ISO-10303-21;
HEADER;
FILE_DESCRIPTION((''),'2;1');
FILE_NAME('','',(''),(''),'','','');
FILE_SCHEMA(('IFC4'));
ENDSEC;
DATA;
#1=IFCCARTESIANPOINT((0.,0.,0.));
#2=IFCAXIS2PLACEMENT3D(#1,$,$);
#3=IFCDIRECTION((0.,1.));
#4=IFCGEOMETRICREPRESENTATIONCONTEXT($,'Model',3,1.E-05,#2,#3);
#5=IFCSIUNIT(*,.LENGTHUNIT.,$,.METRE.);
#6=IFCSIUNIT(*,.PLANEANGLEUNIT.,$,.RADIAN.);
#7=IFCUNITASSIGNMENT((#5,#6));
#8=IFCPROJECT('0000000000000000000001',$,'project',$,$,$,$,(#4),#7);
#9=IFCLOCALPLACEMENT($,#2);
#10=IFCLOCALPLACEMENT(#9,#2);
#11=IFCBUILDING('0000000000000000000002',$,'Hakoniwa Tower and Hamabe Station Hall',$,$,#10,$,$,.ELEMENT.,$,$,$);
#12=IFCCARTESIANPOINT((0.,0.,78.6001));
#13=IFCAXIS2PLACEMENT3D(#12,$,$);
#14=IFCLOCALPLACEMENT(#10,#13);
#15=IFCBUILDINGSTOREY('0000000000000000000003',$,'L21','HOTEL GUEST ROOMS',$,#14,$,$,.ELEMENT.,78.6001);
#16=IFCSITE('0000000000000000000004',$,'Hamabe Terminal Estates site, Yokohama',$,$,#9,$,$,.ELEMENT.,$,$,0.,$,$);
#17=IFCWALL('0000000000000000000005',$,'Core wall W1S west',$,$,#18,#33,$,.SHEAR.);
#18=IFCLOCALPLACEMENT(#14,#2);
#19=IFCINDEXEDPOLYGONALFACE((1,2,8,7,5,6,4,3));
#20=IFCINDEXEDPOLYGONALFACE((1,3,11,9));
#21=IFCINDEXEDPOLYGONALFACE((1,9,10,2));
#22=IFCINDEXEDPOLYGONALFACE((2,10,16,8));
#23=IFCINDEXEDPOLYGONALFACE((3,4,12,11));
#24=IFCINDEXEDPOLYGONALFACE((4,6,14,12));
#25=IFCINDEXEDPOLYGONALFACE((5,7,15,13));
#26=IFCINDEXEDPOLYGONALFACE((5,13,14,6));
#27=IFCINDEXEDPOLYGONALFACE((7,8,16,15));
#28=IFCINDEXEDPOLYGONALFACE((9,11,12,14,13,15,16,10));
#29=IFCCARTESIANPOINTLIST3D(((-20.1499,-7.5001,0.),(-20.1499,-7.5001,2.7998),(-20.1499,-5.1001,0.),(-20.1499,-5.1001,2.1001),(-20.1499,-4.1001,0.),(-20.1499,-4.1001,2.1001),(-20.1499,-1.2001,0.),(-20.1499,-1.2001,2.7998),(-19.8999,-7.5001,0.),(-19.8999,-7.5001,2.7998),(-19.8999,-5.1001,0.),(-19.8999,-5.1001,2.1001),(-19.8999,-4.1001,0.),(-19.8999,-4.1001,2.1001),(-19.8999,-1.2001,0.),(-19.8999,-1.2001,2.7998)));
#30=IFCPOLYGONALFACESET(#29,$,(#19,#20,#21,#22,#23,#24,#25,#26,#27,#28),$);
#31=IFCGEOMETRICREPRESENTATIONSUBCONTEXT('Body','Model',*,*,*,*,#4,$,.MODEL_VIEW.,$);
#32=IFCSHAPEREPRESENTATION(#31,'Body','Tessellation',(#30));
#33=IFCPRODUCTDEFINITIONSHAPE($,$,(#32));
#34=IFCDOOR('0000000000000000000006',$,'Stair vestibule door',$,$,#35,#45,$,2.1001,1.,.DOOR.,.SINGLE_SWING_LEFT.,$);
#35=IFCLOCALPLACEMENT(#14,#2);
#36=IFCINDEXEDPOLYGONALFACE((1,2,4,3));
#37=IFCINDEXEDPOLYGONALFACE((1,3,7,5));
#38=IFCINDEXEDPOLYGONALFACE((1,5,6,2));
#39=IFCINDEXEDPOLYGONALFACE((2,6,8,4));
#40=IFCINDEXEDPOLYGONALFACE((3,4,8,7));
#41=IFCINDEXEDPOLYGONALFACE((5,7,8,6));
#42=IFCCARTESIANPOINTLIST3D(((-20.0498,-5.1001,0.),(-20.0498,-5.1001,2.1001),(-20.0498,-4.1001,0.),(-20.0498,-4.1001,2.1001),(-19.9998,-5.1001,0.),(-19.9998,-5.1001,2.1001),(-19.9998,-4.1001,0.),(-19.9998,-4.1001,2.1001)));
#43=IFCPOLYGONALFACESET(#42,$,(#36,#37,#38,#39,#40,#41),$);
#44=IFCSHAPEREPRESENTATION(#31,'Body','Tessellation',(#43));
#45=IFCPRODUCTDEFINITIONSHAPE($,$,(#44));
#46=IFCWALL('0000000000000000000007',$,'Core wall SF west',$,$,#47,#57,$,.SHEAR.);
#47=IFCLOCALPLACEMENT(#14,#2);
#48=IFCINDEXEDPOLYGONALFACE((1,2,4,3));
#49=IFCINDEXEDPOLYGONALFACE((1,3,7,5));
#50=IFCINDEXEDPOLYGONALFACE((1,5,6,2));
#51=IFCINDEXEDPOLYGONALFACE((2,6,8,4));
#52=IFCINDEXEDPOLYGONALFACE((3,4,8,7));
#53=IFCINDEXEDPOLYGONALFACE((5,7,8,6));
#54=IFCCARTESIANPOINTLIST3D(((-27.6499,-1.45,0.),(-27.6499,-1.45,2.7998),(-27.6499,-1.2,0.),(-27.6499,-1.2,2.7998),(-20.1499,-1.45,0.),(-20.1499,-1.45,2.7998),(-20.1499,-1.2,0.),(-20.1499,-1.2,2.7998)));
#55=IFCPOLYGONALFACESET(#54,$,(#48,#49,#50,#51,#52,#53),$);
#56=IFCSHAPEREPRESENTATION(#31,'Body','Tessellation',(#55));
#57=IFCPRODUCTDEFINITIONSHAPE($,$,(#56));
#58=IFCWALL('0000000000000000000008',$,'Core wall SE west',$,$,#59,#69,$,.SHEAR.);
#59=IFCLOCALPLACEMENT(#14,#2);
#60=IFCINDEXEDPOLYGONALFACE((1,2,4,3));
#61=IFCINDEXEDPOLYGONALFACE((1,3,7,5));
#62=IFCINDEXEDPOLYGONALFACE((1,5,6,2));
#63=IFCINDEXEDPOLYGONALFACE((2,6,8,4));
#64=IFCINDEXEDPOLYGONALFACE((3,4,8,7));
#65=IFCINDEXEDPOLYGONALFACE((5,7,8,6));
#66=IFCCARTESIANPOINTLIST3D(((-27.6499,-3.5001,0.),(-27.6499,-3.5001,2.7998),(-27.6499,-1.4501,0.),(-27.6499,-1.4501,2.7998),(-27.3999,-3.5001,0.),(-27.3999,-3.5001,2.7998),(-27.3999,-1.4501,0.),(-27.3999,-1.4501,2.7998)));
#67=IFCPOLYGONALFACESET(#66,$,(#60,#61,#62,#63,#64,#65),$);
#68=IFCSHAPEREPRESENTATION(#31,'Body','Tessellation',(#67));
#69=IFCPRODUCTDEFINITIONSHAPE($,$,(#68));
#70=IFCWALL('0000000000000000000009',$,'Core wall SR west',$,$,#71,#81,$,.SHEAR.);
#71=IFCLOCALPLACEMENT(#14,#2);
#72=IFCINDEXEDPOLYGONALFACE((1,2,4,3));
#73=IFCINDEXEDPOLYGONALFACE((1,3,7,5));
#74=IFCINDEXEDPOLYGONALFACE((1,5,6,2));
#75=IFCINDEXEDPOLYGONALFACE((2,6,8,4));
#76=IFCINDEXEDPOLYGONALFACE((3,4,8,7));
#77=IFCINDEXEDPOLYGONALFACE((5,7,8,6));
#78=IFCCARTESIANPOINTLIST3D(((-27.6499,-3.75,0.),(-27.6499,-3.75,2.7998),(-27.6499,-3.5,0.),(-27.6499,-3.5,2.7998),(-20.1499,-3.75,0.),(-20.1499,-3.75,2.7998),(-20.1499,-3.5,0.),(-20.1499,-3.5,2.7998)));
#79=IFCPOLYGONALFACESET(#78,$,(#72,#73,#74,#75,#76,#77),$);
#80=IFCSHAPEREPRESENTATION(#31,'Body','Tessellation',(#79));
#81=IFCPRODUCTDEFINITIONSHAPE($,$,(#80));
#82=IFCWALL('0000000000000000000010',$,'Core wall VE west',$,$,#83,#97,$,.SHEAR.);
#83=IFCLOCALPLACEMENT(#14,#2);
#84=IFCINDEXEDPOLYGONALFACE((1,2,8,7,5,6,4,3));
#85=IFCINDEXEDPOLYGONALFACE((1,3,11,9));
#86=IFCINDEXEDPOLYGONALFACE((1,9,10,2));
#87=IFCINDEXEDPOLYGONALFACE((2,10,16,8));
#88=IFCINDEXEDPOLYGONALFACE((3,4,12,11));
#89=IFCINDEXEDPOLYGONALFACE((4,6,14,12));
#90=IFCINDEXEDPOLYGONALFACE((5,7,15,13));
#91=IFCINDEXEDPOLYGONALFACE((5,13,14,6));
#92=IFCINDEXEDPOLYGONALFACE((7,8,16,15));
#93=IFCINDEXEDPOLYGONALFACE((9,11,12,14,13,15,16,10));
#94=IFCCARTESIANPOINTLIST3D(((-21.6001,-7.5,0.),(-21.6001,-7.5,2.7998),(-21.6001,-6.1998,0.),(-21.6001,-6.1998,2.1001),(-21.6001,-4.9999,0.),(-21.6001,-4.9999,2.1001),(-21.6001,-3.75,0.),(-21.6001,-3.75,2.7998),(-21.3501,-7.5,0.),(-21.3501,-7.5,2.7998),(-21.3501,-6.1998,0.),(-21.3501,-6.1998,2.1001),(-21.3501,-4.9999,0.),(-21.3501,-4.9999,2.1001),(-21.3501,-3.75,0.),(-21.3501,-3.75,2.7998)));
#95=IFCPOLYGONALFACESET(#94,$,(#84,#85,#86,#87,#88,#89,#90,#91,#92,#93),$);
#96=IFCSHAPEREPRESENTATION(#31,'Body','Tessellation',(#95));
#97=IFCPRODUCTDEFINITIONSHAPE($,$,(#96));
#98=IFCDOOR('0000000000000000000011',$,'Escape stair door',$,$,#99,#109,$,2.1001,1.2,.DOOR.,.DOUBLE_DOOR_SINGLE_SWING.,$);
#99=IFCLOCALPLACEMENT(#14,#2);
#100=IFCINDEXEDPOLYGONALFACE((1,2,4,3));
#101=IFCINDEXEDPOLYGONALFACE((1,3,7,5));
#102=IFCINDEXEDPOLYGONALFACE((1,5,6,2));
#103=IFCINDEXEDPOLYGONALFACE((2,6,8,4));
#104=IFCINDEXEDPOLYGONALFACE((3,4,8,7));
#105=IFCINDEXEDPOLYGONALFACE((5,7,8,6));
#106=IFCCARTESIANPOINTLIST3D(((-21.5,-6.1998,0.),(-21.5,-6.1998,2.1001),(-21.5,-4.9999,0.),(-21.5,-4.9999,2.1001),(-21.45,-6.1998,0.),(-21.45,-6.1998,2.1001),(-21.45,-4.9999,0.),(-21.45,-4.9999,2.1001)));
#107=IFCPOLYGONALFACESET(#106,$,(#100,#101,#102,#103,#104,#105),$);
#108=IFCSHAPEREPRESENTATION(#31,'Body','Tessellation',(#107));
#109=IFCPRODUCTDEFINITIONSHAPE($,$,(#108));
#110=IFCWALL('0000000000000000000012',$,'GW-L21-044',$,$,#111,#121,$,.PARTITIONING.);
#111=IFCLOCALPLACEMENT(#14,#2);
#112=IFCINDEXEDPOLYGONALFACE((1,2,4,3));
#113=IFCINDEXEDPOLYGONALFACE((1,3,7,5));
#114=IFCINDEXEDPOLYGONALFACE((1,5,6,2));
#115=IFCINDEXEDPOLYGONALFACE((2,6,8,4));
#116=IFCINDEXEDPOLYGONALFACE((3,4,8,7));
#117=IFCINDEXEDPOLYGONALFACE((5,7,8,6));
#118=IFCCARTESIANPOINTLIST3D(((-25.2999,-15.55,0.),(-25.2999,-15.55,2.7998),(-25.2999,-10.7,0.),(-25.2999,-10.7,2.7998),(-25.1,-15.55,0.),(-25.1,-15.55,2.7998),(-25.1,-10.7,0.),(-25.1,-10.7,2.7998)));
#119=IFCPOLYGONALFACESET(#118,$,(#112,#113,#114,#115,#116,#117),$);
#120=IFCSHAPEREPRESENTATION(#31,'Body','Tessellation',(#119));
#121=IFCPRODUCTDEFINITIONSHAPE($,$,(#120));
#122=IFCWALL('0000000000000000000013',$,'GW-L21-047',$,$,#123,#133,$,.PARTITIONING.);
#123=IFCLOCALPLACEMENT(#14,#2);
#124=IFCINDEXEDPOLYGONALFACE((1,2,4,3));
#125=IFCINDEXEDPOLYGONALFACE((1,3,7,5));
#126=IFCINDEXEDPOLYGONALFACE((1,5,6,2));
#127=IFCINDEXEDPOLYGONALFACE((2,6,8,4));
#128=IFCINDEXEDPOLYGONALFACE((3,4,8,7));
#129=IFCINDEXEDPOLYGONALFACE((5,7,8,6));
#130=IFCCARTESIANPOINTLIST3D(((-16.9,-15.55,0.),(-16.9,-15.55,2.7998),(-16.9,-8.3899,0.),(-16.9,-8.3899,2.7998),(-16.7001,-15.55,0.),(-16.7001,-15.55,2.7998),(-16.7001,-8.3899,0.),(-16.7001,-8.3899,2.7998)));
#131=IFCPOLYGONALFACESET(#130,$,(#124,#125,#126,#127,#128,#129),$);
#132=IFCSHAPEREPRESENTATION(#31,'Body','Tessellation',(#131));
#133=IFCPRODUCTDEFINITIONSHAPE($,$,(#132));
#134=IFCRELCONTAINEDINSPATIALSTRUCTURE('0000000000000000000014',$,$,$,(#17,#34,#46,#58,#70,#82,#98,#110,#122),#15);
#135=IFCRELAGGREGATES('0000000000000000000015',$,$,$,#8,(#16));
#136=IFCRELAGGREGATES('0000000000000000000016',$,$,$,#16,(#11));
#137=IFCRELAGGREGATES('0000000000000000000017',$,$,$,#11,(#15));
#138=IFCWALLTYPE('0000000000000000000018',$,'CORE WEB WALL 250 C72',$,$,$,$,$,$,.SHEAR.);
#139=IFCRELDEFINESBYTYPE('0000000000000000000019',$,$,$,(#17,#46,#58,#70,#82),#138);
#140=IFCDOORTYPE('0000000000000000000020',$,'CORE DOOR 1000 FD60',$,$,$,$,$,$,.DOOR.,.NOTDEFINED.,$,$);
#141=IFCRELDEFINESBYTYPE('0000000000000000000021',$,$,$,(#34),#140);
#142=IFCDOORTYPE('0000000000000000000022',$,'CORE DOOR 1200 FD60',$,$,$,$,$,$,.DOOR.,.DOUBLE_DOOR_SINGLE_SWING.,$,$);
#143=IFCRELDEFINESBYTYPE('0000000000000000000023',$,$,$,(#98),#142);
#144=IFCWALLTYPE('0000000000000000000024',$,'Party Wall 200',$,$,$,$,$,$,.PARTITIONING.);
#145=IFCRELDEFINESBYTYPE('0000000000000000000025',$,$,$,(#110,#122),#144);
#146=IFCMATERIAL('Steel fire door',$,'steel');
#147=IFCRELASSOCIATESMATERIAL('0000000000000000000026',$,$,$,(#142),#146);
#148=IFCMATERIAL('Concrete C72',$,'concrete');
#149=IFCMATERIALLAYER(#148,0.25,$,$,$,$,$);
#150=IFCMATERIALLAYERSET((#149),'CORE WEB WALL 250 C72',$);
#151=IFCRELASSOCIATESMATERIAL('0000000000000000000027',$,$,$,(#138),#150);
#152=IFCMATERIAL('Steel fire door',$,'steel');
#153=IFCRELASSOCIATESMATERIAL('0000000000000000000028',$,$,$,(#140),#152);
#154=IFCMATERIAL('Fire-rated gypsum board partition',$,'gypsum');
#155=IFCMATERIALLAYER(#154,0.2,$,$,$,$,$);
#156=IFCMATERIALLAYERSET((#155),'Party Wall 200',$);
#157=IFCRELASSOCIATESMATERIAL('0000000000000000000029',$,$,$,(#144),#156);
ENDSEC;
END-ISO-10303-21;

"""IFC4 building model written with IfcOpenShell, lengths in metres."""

from ifc_helpers import new_model, si_unit, direction, frame, frame_2d, origin, place, context, subcontext, project, spatial, rectangle, extrude, material, layer, layer_set, type_object, element, fill, save


model = new_model("IFC4")

# Units and contexts
model_context = context("Model", 3, precision=1e-05, world=origin(), true_north=direction((0.0, 1.0)))
body_context = subcontext(model_context, "Body", "Model", "MODEL_VIEW")
ifc_project = project(units=[si_unit("LENGTHUNIT", "METRE"), si_unit("PLANEANGLEUNIT", "RADIAN")], contexts=[model_context])

# Site, building, storey
site_placement = place(None, origin())
site = spatial("IfcSite", under=ifc_project, at=site_placement, Name="Hamabe Terminal Estates site, Yokohama", CompositionType="ELEMENT", RefElevation=0.0)
building_placement = place(site_placement, origin())
building = spatial("IfcBuilding", under=site, at=building_placement, Name="Hakoniwa Tower and Hamabe Station Hall", CompositionType="ELEMENT")
storey_placement = place(building_placement, frame((0.0, 0.0, 78.6001)))
storey = spatial("IfcBuildingStorey", under=building, at=storey_placement, Name="L21", Description="HOTEL GUEST ROOMS", CompositionType="ELEMENT", Elevation=78.6001)

# Wall, opening, door
ifc_material_1 = material(Name="Steel fire door", Category="steel")
door_type_1 = type_object("IfcDoorType", Name="CORE DOOR 1200 FD60", OperationType="DOUBLE_DOOR_SINGLE_SWING", PredefinedType="DOOR", material=ifc_material_1)
ifc_material_2 = material(Name="Concrete C72", Category="concrete")
ifc_layer_1 = layer(ifc_material_2, 0.25)
ifc_layer_set_1 = layer_set([ifc_layer_1], Name="CORE WEB WALL 250 C72")
wall_type_1 = type_object("IfcWallType", Name="CORE WEB WALL 250 C72", PredefinedType="SHEAR", material=ifc_layer_set_1)
wall_1_placement = place(storey_placement, frame((-20.0249, -7.5, 0.0), z_axis=(0.0, 0.0, 1.0), x_axis=(0.0, 1.0, 0.0)))
wall_1 = element("IfcWall", 1, at=wall_1_placement, inside=storey, type_object=wall_type_1, Name="Core wall W1S west", PredefinedType="SHEAR", context=body_context, shape_type="SweptSolid", body=[
    extrude(rectangle(XDim=6.3, YDim=0.25, at=frame_2d((3.1499, 0.0))), origin(), (0.0, 0.0, 1.0), 2.7998),
])
opening_1_placement = place(wall_1_placement, frame((2.3999, 0.0, 0.0)))
opening_1 = element("IfcOpeningElement", 2, at=opening_1_placement, cuts=wall_1, PredefinedType="OPENING", context=body_context, shape_type="SweptSolid", body=[
    extrude(rectangle(XDim=1.0, YDim=2.1001, at=frame_2d((0.5, 1.05))), frame((0.0, 0.135, 0.0), z_axis=(0.0, -1.0, 0.0), x_axis=(1.0, 0.0, 0.0)), (0.0, 0.0, 1.0), 0.27),
])
ifc_material_3 = material(Name="Steel fire door", Category="steel")
door_type_2 = type_object("IfcDoorType", Name="CORE DOOR 1000 FD60", OperationType="NOTDEFINED", PredefinedType="DOOR", material=ifc_material_3)
door_1_placement = place(opening_1_placement, origin())
door_1 = element("IfcDoor", 3, at=door_1_placement, inside=storey, type_object=door_type_2, Name="Stair vestibule door", OperationType="SINGLE_SWING_LEFT", OverallHeight=2.1001, OverallWidth=1.0, PredefinedType="DOOR", context=body_context, shape_type="SweptSolid", body=[
    extrude(rectangle(XDim=1.0, YDim=2.1001, at=frame_2d((0.5, 1.05))), frame((0.0, 0.0249, 0.0), z_axis=(0.0, -1.0, 0.0), x_axis=(1.0, 0.0, 0.0)), (0.0, 0.0, 1.0), 0.05),
])
fill(opening_1, door_1)

# Walls
wall_2_placement = place(storey_placement, frame((-27.6499, -1.325, 0.0), z_axis=(0.0, 0.0, 1.0), x_axis=(1.0, 0.0, 0.0)))
element("IfcWall", 4, at=wall_2_placement, inside=storey, type_object=wall_type_1, Name="Core wall SF west", PredefinedType="SHEAR", context=body_context, shape_type="SweptSolid", body=[
    extrude(rectangle(XDim=7.5, YDim=0.25, at=frame_2d((3.75, 0.0))), origin(), (0.0, 0.0, 1.0), 2.7998),
])
wall_3_placement = place(storey_placement, frame((-27.5249, -3.5, 0.0), z_axis=(0.0, 0.0, 1.0), x_axis=(0.0, 1.0, 0.0)))
element("IfcWall", 5, at=wall_3_placement, inside=storey, type_object=wall_type_1, Name="Core wall SE west", PredefinedType="SHEAR", context=body_context, shape_type="SweptSolid", body=[
    extrude(rectangle(XDim=2.05, YDim=0.25, at=frame_2d((1.0249, 0.0))), origin(), (0.0, 0.0, 1.0), 2.7998),
])
wall_4_placement = place(storey_placement, frame((-27.6499, -3.625, 0.0), z_axis=(0.0, 0.0, 1.0), x_axis=(1.0, 0.0, 0.0)))
element("IfcWall", 6, at=wall_4_placement, inside=storey, type_object=wall_type_1, Name="Core wall SR west", PredefinedType="SHEAR", context=body_context, shape_type="SweptSolid", body=[
    extrude(rectangle(XDim=7.5, YDim=0.25, at=frame_2d((3.75, 0.0))), origin(), (0.0, 0.0, 1.0), 2.7998),
])

# Wall, opening, door
wall_5_placement = place(storey_placement, frame((-21.4751, -7.5, 0.0), z_axis=(0.0, 0.0, 1.0), x_axis=(0.0, 1.0, 0.0)))
wall_5 = element("IfcWall", 7, at=wall_5_placement, inside=storey, type_object=wall_type_1, Name="Core wall VE west", PredefinedType="SHEAR", context=body_context, shape_type="SweptSolid", body=[
    extrude(rectangle(XDim=3.75, YDim=0.25, at=frame_2d((1.875, 0.0))), origin(), (0.0, 0.0, 1.0), 2.7998),
])
opening_2_placement = place(wall_5_placement, frame((1.3, 0.0, 0.0)))
opening_2 = element("IfcOpeningElement", 8, at=opening_2_placement, cuts=wall_5, PredefinedType="OPENING", context=body_context, shape_type="SweptSolid", body=[
    extrude(rectangle(XDim=1.2, YDim=2.1001, at=frame_2d((0.6001, 1.05))), frame((0.0, 0.135, 0.0), z_axis=(0.0, -1.0, 0.0), x_axis=(1.0, 0.0, 0.0)), (0.0, 0.0, 1.0), 0.27),
])
door_2_placement = place(opening_2_placement, origin())
door_2 = element("IfcDoor", 9, at=door_2_placement, inside=storey, type_object=door_type_1, Name="Escape stair door", OperationType="DOUBLE_DOOR_SINGLE_SWING", OverallHeight=2.1001, OverallWidth=1.2, PredefinedType="DOOR", context=body_context, shape_type="SweptSolid", body=[
    extrude(rectangle(XDim=1.2, YDim=2.1001, at=frame_2d((0.6001, 1.05))), frame((0.0, 0.0249, 0.0), z_axis=(0.0, -1.0, 0.0), x_axis=(1.0, 0.0, 0.0)), (0.0, 0.0, 1.0), 0.05),
])
fill(opening_2, door_2)

# Walls
ifc_material_4 = material(Name="Fire-rated gypsum board partition", Category="gypsum")
ifc_layer_2 = layer(ifc_material_4, 0.2)
ifc_layer_set_2 = layer_set([ifc_layer_2], Name="Party Wall 200")
wall_type_2 = type_object("IfcWallType", Name="Party Wall 200", PredefinedType="PARTITIONING", material=ifc_layer_set_2)
wall_6_placement = place(storey_placement, frame((-25.2, -15.55, 0.0), z_axis=(0.0, 0.0, 1.0), x_axis=(0.0, 1.0, 0.0)))
element("IfcWall", 10, at=wall_6_placement, inside=storey, type_object=wall_type_2, Name="GW-L21-044", PredefinedType="PARTITIONING", context=body_context, shape_type="SweptSolid", body=[
    extrude(rectangle(XDim=4.8501, YDim=0.2, at=frame_2d((2.425, 0.0))), origin(), (0.0, 0.0, 1.0), 2.7998),
])
wall_7_placement = place(storey_placement, frame((-16.8, -15.55, 0.0), z_axis=(0.0, 0.0, 1.0), x_axis=(0.0, 1.0, 0.0)))
element("IfcWall", 11, at=wall_7_placement, inside=storey, type_object=wall_type_2, Name="GW-L21-047", PredefinedType="PARTITIONING", context=body_context, shape_type="SweptSolid", body=[
    extrude(rectangle(XDim=7.1602, YDim=0.2, at=frame_2d((3.5801, 0.0))), origin(), (0.0, 0.0, 1.0), 2.7998),
])

save(model, "model.ifc")
